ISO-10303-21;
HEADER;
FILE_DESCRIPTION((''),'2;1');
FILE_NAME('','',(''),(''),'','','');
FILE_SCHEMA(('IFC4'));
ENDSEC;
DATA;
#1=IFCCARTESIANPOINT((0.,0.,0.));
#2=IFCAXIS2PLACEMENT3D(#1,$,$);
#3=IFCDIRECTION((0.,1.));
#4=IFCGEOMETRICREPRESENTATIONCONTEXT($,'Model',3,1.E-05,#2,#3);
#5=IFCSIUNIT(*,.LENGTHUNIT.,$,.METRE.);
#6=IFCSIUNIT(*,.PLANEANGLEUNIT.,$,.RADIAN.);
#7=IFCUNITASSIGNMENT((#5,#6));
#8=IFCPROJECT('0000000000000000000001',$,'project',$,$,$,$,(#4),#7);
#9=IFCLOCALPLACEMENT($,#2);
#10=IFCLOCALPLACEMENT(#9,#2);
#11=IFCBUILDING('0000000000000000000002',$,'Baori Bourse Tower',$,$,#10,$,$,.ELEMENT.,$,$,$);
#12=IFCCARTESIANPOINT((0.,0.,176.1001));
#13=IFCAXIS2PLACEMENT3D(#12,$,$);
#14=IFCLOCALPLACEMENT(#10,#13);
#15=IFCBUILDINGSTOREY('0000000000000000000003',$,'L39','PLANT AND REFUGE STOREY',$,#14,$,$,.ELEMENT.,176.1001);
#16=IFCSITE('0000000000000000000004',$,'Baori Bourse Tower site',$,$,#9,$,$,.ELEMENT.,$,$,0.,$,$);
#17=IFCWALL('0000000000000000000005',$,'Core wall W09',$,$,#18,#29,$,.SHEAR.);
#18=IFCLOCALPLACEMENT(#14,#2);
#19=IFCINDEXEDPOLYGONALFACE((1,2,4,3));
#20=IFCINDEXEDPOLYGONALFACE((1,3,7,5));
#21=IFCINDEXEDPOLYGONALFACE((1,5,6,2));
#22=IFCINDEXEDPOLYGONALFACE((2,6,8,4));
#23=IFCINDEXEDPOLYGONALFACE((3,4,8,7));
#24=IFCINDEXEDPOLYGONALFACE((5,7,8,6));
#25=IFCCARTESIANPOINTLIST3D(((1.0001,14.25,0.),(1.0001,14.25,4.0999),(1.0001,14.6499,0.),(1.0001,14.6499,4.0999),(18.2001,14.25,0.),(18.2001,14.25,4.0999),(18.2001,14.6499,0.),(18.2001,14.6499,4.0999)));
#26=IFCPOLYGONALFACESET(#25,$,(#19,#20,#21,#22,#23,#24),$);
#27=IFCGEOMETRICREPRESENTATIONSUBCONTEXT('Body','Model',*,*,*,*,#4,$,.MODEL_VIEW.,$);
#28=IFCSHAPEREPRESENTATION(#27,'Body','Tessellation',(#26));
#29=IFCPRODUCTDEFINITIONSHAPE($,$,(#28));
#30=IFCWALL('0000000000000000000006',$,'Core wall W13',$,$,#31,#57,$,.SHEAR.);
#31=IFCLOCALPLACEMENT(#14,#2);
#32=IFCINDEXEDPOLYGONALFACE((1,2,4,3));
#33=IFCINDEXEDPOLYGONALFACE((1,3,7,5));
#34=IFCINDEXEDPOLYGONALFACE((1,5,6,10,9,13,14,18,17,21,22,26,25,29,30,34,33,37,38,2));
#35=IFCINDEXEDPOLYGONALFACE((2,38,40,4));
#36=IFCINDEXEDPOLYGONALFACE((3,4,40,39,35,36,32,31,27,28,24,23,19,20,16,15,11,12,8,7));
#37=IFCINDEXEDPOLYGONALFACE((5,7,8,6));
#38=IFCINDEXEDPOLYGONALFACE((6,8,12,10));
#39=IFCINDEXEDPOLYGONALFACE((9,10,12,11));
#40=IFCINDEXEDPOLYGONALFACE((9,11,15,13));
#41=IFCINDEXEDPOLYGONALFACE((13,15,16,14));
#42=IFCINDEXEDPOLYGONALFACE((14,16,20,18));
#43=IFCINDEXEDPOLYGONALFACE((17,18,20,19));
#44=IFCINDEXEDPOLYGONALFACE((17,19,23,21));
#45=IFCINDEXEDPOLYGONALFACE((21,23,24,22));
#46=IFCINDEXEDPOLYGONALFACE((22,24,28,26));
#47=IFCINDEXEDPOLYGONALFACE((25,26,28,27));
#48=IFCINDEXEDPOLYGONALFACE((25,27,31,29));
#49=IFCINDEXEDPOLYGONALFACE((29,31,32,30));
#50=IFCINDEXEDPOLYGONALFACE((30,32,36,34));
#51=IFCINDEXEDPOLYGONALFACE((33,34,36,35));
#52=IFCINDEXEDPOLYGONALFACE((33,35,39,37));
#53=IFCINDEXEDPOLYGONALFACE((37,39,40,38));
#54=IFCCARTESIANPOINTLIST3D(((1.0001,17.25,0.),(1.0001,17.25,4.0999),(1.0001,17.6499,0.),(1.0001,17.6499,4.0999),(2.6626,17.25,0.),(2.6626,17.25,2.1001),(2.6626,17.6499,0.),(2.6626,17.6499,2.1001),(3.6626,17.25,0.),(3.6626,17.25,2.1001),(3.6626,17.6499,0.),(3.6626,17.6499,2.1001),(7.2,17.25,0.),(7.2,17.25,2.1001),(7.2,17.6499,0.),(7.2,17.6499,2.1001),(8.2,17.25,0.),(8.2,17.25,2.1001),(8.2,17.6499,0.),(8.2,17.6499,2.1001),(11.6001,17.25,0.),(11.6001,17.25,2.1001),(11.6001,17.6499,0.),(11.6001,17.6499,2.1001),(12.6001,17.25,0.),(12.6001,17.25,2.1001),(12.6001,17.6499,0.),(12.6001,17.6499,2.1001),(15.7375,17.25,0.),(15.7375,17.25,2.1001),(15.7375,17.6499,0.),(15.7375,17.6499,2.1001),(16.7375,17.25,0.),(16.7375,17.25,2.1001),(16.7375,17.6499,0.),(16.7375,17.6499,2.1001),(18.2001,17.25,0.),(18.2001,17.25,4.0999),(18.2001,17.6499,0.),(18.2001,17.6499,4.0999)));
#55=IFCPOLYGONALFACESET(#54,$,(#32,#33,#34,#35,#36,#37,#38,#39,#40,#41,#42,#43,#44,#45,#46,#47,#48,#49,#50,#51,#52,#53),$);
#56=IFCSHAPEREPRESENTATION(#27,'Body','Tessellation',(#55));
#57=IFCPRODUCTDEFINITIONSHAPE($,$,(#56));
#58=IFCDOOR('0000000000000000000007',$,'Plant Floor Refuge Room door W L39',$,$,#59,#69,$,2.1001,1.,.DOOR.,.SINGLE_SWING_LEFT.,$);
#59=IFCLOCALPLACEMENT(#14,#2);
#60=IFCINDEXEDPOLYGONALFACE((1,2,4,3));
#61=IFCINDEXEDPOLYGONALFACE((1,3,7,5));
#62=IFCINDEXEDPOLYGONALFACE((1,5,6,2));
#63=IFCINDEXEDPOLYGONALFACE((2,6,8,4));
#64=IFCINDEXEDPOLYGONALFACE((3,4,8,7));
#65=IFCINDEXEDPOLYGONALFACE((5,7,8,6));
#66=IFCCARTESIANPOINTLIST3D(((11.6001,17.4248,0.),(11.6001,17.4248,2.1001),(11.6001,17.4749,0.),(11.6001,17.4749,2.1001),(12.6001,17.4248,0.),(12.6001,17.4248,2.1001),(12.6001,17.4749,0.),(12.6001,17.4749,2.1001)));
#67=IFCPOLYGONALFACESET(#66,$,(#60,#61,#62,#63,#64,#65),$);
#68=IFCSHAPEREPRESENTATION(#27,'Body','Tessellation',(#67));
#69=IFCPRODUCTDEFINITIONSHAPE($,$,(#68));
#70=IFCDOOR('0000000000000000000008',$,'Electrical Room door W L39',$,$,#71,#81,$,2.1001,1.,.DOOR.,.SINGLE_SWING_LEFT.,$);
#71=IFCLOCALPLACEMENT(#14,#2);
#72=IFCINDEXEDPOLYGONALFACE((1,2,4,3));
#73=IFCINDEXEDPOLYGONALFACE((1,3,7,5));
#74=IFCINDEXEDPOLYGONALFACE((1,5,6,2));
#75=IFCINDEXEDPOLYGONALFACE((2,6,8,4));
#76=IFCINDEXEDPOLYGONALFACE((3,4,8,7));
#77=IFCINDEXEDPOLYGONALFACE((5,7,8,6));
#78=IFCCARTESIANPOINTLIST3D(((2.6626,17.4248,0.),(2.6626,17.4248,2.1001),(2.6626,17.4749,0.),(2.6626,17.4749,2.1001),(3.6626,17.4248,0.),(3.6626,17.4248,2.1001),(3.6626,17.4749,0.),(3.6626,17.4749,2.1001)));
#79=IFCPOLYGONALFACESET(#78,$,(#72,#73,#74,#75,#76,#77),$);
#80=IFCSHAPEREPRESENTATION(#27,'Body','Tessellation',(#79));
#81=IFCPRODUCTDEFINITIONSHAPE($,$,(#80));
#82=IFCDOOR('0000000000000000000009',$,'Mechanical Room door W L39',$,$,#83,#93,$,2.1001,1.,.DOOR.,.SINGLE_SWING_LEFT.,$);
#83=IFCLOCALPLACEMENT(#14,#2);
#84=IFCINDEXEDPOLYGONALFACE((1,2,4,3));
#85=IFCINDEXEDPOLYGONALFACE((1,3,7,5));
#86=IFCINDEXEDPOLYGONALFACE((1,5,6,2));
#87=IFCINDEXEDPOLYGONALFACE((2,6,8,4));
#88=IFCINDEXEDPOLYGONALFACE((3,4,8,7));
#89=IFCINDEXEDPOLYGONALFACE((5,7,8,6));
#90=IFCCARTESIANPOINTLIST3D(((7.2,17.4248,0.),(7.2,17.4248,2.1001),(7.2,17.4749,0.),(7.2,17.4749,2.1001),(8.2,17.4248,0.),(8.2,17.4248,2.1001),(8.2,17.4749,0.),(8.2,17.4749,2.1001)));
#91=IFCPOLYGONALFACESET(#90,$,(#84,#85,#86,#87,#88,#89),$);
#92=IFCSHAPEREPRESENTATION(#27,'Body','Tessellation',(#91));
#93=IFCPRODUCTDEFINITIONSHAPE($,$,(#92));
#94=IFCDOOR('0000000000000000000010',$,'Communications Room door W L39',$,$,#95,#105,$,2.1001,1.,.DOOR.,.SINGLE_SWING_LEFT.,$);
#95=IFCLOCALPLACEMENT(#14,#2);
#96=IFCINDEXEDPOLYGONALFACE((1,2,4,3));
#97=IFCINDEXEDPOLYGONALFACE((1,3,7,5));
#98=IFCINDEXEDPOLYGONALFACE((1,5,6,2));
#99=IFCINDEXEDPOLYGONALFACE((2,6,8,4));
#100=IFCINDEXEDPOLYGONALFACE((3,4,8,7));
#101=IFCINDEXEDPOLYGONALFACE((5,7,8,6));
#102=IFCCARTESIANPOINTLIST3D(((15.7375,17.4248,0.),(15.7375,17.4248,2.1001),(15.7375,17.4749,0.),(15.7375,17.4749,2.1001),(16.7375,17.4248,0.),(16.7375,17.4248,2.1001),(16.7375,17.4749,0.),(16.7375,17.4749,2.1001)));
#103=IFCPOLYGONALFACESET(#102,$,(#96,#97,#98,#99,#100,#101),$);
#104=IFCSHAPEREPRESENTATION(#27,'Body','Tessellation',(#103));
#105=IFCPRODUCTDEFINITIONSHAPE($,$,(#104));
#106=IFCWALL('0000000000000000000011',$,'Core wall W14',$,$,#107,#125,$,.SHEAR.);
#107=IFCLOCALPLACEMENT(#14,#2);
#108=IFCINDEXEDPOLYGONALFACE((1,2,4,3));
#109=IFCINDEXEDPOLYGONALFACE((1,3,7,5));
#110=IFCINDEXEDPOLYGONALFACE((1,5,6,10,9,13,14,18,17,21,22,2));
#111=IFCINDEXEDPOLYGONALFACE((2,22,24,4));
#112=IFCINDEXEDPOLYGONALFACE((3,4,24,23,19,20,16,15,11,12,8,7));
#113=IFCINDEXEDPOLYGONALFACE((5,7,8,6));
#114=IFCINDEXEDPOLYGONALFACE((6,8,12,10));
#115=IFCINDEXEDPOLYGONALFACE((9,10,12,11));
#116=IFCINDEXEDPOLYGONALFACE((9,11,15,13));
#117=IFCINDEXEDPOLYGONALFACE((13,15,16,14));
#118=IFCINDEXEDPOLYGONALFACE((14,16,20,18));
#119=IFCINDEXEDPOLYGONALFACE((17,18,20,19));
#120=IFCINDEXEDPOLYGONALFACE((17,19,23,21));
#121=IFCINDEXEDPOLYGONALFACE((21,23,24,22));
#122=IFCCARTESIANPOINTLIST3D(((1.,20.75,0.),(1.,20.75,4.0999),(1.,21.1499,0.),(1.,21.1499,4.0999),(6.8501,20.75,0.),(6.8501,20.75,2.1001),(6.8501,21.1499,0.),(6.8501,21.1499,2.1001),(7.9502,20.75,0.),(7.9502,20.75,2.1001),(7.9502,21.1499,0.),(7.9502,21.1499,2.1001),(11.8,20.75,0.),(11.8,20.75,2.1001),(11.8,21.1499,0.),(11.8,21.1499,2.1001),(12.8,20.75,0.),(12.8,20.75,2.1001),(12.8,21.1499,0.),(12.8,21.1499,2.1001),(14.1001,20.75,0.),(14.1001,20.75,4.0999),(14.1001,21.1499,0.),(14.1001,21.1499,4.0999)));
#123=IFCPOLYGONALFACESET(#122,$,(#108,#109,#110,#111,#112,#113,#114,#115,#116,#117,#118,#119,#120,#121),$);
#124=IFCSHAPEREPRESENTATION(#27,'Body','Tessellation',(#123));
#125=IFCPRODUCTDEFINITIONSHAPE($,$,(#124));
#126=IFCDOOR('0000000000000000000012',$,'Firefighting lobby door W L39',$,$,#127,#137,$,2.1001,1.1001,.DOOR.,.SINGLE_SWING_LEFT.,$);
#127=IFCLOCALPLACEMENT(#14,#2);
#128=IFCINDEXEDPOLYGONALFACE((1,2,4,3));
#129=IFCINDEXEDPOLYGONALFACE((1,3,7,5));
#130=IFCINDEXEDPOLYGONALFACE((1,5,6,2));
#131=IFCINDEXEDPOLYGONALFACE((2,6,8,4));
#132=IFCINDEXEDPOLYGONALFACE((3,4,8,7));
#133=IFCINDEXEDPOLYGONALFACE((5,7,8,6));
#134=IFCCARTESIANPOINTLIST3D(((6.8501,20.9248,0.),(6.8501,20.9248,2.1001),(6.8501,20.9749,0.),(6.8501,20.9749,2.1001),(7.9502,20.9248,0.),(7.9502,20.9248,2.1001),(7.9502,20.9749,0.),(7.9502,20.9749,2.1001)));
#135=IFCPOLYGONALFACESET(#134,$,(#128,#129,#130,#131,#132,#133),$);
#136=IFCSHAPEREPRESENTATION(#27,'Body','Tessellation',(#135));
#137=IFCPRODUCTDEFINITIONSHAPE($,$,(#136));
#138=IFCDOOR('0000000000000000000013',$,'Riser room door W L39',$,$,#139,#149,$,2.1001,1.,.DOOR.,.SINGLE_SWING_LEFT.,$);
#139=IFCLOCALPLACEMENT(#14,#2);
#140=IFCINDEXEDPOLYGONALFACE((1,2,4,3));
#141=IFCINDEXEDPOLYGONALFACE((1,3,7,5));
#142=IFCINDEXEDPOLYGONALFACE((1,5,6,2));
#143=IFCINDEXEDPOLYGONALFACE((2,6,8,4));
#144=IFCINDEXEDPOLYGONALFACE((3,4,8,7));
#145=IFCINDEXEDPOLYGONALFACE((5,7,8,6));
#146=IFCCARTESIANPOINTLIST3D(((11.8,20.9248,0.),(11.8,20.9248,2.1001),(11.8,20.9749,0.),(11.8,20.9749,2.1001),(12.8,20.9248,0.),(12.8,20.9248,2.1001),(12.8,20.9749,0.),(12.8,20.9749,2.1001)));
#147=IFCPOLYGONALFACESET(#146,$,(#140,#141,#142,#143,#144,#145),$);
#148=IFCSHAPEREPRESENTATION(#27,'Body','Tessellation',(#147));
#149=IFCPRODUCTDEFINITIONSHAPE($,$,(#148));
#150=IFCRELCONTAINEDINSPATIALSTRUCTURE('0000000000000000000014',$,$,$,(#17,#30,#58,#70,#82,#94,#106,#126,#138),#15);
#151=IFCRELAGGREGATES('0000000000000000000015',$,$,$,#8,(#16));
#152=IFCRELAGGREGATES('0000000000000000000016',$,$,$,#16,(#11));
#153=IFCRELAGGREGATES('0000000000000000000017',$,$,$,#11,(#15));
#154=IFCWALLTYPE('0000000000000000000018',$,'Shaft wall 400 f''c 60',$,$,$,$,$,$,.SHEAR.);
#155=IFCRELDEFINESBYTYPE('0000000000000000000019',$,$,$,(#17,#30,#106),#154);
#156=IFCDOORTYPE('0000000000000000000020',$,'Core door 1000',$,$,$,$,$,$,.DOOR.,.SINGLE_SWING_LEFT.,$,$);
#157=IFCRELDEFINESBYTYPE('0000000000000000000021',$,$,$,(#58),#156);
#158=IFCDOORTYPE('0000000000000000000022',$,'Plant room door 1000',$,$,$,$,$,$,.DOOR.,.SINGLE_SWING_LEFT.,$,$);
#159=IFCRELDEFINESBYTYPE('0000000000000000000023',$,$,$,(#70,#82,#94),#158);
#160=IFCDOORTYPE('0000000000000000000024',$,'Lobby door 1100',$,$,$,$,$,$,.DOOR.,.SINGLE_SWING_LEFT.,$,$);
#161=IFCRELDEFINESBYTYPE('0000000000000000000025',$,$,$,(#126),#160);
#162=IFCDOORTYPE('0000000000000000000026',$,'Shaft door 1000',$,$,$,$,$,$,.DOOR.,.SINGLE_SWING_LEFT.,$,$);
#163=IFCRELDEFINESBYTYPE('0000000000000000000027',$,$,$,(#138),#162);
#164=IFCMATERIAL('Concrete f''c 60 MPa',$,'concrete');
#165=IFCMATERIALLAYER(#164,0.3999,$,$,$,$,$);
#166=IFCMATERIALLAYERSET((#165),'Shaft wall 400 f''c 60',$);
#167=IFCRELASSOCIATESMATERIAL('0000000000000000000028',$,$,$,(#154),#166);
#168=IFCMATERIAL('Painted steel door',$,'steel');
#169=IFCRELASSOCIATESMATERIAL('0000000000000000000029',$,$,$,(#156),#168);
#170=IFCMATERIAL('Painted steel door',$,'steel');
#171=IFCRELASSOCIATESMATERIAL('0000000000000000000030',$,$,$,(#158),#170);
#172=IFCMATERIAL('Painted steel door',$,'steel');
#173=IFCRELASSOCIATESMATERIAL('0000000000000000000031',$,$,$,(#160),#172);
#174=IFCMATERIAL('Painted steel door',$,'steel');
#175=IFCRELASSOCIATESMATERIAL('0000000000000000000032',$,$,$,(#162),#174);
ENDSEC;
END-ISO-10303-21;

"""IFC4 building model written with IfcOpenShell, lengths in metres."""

from ifc_helpers import new_model, si_unit, direction, frame, frame_2d, origin, place, context, subcontext, project, spatial, rectangle, extrude, material, layer, layer_set, type_object, element, fill, save


model = new_model("IFC4")

# Units and contexts
model_context = context("Model", 3, precision=1e-05, world=origin(), true_north=direction((0.0, 1.0)))
body_context = subcontext(model_context, "Body", "Model", "MODEL_VIEW")
ifc_project = project(units=[si_unit("LENGTHUNIT", "METRE"), si_unit("PLANEANGLEUNIT", "RADIAN")], contexts=[model_context])

# Site, building, storey
site_placement = place(None, origin())
site = spatial("IfcSite", under=ifc_project, at=site_placement, Name="Baori Bourse Tower site", CompositionType="ELEMENT", RefElevation=0.0)
building_placement = place(site_placement, origin())
building = spatial("IfcBuilding", under=site, at=building_placement, Name="Baori Bourse Tower", CompositionType="ELEMENT")
storey_placement = place(building_placement, frame((0.0, 0.0, 176.1001)))
storey = spatial("IfcBuildingStorey", under=building, at=storey_placement, Name="L39", Description="PLANT AND REFUGE STOREY", CompositionType="ELEMENT", Elevation=176.1001)

# Wall
ifc_material_1 = material(Name="Concrete f'c 60 MPa", Category="concrete")
ifc_layer_1 = layer(ifc_material_1, 0.3999)
ifc_layer_set_1 = layer_set([ifc_layer_1], Name="Shaft wall 400 f'c 60")
wall_type_1 = type_object("IfcWallType", Name="Shaft wall 400 f'c 60", PredefinedType="SHEAR", material=ifc_layer_set_1)
wall_1_placement = place(storey_placement, frame((1.0, 14.45, 0.0), z_axis=(0.0, 0.0, 1.0), x_axis=(1.0, 0.0, 0.0)))
element("IfcWall", 1, at=wall_1_placement, inside=storey, type_object=wall_type_1, Name="Core wall W09", PredefinedType="SHEAR", context=body_context, shape_type="SweptSolid", body=[
    extrude(rectangle(XDim=17.2, YDim=0.3999, at=frame_2d((8.6001, 0.0))), origin(), (0.0, 0.0, 1.0), 4.0999),
])

# Walls, openings, doors
wall_2_placement = place(storey_placement, frame((1.0, 17.45, 0.0), z_axis=(0.0, 0.0, 1.0), x_axis=(1.0, 0.0, 0.0)))
wall_2 = element("IfcWall", 2, at=wall_2_placement, inside=storey, type_object=wall_type_1, Name="Core wall W13", PredefinedType="SHEAR", context=body_context, shape_type="SweptSolid", body=[
    extrude(rectangle(XDim=17.2, YDim=0.3999, at=frame_2d((8.6001, 0.0))), origin(), (0.0, 0.0, 1.0), 4.0999),
])
opening_1_placement = place(wall_2_placement, frame((1.6626, 0.0, 0.0)))
opening_1 = element("IfcOpeningElement", 3, at=opening_1_placement, cuts=wall_2, PredefinedType="OPENING", context=body_context, shape_type="SweptSolid", body=[
    extrude(rectangle(XDim=1.0, YDim=2.1001, at=frame_2d((0.5, 1.05))), frame((0.0, 0.21, 0.0), z_axis=(0.0, -1.0, 0.0), x_axis=(1.0, 0.0, 0.0)), (0.0, 0.0, 1.0), 0.4199),
])
opening_2_placement = place(wall_2_placement, frame((6.2, 0.0, 0.0)))
opening_2 = element("IfcOpeningElement", 4, at=opening_2_placement, cuts=wall_2, PredefinedType="OPENING", context=body_context, shape_type="SweptSolid", body=[
    extrude(rectangle(XDim=1.0, YDim=2.1001, at=frame_2d((0.5, 1.05))), frame((0.0, 0.21, 0.0), z_axis=(0.0, -1.0, 0.0), x_axis=(1.0, 0.0, 0.0)), (0.0, 0.0, 1.0), 0.4199),
])
opening_3_placement = place(wall_2_placement, frame((10.6001, 0.0, 0.0)))
opening_3 = element("IfcOpeningElement", 5, at=opening_3_placement, cuts=wall_2, PredefinedType="OPENING", context=body_context, shape_type="SweptSolid", body=[
    extrude(rectangle(XDim=1.0, YDim=2.1001, at=frame_2d((0.5, 1.05))), frame((0.0, 0.21, 0.0), z_axis=(0.0, -1.0, 0.0), x_axis=(1.0, 0.0, 0.0)), (0.0, 0.0, 1.0), 0.4199),
])
opening_4_placement = place(wall_2_placement, frame((14.7375, 0.0, 0.0)))
opening_4 = element("IfcOpeningElement", 6, at=opening_4_placement, cuts=wall_2, PredefinedType="OPENING", context=body_context, shape_type="SweptSolid", body=[
    extrude(rectangle(XDim=1.0, YDim=2.1001, at=frame_2d((0.5, 1.05))), frame((0.0, 0.21, 0.0), z_axis=(0.0, -1.0, 0.0), x_axis=(1.0, 0.0, 0.0)), (0.0, 0.0, 1.0), 0.4199),
])
ifc_material_2 = material(Name="Painted steel door", Category="steel")
door_type_1 = type_object("IfcDoorType", Name="Core door 1000", OperationType="SINGLE_SWING_LEFT", PredefinedType="DOOR", material=ifc_material_2)
door_1_placement = place(opening_3_placement, origin())
door_1 = element("IfcDoor", 7, at=door_1_placement, inside=storey, type_object=door_type_1, Name="Plant Floor Refuge Room door W L39", OperationType="SINGLE_SWING_LEFT", OverallHeight=2.1001, OverallWidth=1.0, PredefinedType="DOOR", context=body_context, shape_type="SweptSolid", body=[
    extrude(rectangle(XDim=1.0, YDim=2.1001, at=frame_2d((0.5, 1.05))), frame((0.0, 0.0249, 0.0), z_axis=(0.0, -1.0, 0.0), x_axis=(1.0, 0.0, 0.0)), (0.0, 0.0, 1.0), 0.05),
])
fill(opening_3, door_1)
ifc_material_3 = material(Name="Painted steel door", Category="steel")
door_type_2 = type_object("IfcDoorType", Name="Plant room door 1000", OperationType="SINGLE_SWING_LEFT", PredefinedType="DOOR", material=ifc_material_3)
door_2_placement = place(opening_1_placement, origin())
door_2 = element("IfcDoor", 8, at=door_2_placement, inside=storey, type_object=door_type_2, Name="Electrical Room door W L39", OperationType="SINGLE_SWING_LEFT", OverallHeight=2.1001, OverallWidth=1.0, PredefinedType="DOOR", context=body_context, shape_type="SweptSolid", body=[
    extrude(rectangle(XDim=1.0, YDim=2.1001, at=frame_2d((0.5, 1.05))), frame((0.0, 0.0249, 0.0), z_axis=(0.0, -1.0, 0.0), x_axis=(1.0, 0.0, 0.0)), (0.0, 0.0, 1.0), 0.05),
])
fill(opening_1, door_2)
door_3_placement = place(opening_2_placement, origin())
door_3 = element("IfcDoor", 9, at=door_3_placement, inside=storey, type_object=door_type_2, Name="Mechanical Room door W L39", OperationType="SINGLE_SWING_LEFT", OverallHeight=2.1001, OverallWidth=1.0, PredefinedType="DOOR", context=body_context, shape_type="SweptSolid", body=[
    extrude(rectangle(XDim=1.0, YDim=2.1001, at=frame_2d((0.5, 1.05))), frame((0.0, 0.0249, 0.0), z_axis=(0.0, -1.0, 0.0), x_axis=(1.0, 0.0, 0.0)), (0.0, 0.0, 1.0), 0.05),
])
fill(opening_2, door_3)
door_4_placement = place(opening_4_placement, origin())
door_4 = element("IfcDoor", 10, at=door_4_placement, inside=storey, type_object=door_type_2, Name="Communications Room door W L39", OperationType="SINGLE_SWING_LEFT", OverallHeight=2.1001, OverallWidth=1.0, PredefinedType="DOOR", context=body_context, shape_type="SweptSolid", body=[
    extrude(rectangle(XDim=1.0, YDim=2.1001, at=frame_2d((0.5, 1.05))), frame((0.0, 0.0249, 0.0), z_axis=(0.0, -1.0, 0.0), x_axis=(1.0, 0.0, 0.0)), (0.0, 0.0, 1.0), 0.05),
])
fill(opening_4, door_4)
wall_3_placement = place(storey_placement, frame((1.0, 20.95, 0.0), z_axis=(0.0, 0.0, 1.0), x_axis=(1.0, 0.0, 0.0)))
wall_3 = element("IfcWall", 11, at=wall_3_placement, inside=storey, type_object=wall_type_1, Name="Core wall W14", PredefinedType="SHEAR", context=body_context, shape_type="SweptSolid", body=[
    extrude(rectangle(XDim=13.1001, YDim=0.3999, at=frame_2d((6.55, 0.0))), origin(), (0.0, 0.0, 1.0), 4.0999),
])
opening_5_placement = place(wall_3_placement, frame((5.8501, 0.0, 0.0)))
opening_5 = element("IfcOpeningElement", 12, at=opening_5_placement, cuts=wall_3, PredefinedType="OPENING", context=body_context, shape_type="SweptSolid", body=[
    extrude(rectangle(XDim=1.1001, YDim=2.1001, at=frame_2d((0.55, 1.05))), frame((0.0, 0.21, 0.0), z_axis=(0.0, -1.0, 0.0), x_axis=(1.0, 0.0, 0.0)), (0.0, 0.0, 1.0), 0.4199),
])
opening_6_placement = place(wall_3_placement, frame((10.8, 0.0, 0.0)))
opening_6 = element("IfcOpeningElement", 13, at=opening_6_placement, cuts=wall_3, PredefinedType="OPENING", context=body_context, shape_type="SweptSolid", body=[
    extrude(rectangle(XDim=1.0, YDim=2.1001, at=frame_2d((0.5, 1.05))), frame((0.0, 0.21, 0.0), z_axis=(0.0, -1.0, 0.0), x_axis=(1.0, 0.0, 0.0)), (0.0, 0.0, 1.0), 0.4199),
])
ifc_material_4 = material(Name="Painted steel door", Category="steel")
door_type_3 = type_object("IfcDoorType", Name="Lobby door 1100", OperationType="SINGLE_SWING_LEFT", PredefinedType="DOOR", material=ifc_material_4)
door_5_placement = place(opening_5_placement, origin())
door_5 = element("IfcDoor", 14, at=door_5_placement, inside=storey, type_object=door_type_3, Name="Firefighting lobby door W L39", OperationType="SINGLE_SWING_LEFT", OverallHeight=2.1001, OverallWidth=1.1001, PredefinedType="DOOR", context=body_context, shape_type="SweptSolid", body=[
    extrude(rectangle(XDim=1.1001, YDim=2.1001, at=frame_2d((0.55, 1.05))), frame((0.0, 0.0249, 0.0), z_axis=(0.0, -1.0, 0.0), x_axis=(1.0, 0.0, 0.0)), (0.0, 0.0, 1.0), 0.05),
])
fill(opening_5, door_5)
ifc_material_5 = material(Name="Painted steel door", Category="steel")
door_type_4 = type_object("IfcDoorType", Name="Shaft door 1000", OperationType="SINGLE_SWING_LEFT", PredefinedType="DOOR", material=ifc_material_5)
door_6_placement = place(opening_6_placement, origin())
door_6 = element("IfcDoor", 15, at=door_6_placement, inside=storey, type_object=door_type_4, Name="Riser room door W L39", OperationType="SINGLE_SWING_LEFT", OverallHeight=2.1001, OverallWidth=1.0, PredefinedType="DOOR", context=body_context, shape_type="SweptSolid", body=[
    extrude(rectangle(XDim=1.0, YDim=2.1001, at=frame_2d((0.5, 1.05))), frame((0.0, 0.0249, 0.0), z_axis=(0.0, -1.0, 0.0), x_axis=(1.0, 0.0, 0.0)), (0.0, 0.0, 1.0), 0.05),
])
fill(opening_6, door_6)

save(model, "model.ifc")
